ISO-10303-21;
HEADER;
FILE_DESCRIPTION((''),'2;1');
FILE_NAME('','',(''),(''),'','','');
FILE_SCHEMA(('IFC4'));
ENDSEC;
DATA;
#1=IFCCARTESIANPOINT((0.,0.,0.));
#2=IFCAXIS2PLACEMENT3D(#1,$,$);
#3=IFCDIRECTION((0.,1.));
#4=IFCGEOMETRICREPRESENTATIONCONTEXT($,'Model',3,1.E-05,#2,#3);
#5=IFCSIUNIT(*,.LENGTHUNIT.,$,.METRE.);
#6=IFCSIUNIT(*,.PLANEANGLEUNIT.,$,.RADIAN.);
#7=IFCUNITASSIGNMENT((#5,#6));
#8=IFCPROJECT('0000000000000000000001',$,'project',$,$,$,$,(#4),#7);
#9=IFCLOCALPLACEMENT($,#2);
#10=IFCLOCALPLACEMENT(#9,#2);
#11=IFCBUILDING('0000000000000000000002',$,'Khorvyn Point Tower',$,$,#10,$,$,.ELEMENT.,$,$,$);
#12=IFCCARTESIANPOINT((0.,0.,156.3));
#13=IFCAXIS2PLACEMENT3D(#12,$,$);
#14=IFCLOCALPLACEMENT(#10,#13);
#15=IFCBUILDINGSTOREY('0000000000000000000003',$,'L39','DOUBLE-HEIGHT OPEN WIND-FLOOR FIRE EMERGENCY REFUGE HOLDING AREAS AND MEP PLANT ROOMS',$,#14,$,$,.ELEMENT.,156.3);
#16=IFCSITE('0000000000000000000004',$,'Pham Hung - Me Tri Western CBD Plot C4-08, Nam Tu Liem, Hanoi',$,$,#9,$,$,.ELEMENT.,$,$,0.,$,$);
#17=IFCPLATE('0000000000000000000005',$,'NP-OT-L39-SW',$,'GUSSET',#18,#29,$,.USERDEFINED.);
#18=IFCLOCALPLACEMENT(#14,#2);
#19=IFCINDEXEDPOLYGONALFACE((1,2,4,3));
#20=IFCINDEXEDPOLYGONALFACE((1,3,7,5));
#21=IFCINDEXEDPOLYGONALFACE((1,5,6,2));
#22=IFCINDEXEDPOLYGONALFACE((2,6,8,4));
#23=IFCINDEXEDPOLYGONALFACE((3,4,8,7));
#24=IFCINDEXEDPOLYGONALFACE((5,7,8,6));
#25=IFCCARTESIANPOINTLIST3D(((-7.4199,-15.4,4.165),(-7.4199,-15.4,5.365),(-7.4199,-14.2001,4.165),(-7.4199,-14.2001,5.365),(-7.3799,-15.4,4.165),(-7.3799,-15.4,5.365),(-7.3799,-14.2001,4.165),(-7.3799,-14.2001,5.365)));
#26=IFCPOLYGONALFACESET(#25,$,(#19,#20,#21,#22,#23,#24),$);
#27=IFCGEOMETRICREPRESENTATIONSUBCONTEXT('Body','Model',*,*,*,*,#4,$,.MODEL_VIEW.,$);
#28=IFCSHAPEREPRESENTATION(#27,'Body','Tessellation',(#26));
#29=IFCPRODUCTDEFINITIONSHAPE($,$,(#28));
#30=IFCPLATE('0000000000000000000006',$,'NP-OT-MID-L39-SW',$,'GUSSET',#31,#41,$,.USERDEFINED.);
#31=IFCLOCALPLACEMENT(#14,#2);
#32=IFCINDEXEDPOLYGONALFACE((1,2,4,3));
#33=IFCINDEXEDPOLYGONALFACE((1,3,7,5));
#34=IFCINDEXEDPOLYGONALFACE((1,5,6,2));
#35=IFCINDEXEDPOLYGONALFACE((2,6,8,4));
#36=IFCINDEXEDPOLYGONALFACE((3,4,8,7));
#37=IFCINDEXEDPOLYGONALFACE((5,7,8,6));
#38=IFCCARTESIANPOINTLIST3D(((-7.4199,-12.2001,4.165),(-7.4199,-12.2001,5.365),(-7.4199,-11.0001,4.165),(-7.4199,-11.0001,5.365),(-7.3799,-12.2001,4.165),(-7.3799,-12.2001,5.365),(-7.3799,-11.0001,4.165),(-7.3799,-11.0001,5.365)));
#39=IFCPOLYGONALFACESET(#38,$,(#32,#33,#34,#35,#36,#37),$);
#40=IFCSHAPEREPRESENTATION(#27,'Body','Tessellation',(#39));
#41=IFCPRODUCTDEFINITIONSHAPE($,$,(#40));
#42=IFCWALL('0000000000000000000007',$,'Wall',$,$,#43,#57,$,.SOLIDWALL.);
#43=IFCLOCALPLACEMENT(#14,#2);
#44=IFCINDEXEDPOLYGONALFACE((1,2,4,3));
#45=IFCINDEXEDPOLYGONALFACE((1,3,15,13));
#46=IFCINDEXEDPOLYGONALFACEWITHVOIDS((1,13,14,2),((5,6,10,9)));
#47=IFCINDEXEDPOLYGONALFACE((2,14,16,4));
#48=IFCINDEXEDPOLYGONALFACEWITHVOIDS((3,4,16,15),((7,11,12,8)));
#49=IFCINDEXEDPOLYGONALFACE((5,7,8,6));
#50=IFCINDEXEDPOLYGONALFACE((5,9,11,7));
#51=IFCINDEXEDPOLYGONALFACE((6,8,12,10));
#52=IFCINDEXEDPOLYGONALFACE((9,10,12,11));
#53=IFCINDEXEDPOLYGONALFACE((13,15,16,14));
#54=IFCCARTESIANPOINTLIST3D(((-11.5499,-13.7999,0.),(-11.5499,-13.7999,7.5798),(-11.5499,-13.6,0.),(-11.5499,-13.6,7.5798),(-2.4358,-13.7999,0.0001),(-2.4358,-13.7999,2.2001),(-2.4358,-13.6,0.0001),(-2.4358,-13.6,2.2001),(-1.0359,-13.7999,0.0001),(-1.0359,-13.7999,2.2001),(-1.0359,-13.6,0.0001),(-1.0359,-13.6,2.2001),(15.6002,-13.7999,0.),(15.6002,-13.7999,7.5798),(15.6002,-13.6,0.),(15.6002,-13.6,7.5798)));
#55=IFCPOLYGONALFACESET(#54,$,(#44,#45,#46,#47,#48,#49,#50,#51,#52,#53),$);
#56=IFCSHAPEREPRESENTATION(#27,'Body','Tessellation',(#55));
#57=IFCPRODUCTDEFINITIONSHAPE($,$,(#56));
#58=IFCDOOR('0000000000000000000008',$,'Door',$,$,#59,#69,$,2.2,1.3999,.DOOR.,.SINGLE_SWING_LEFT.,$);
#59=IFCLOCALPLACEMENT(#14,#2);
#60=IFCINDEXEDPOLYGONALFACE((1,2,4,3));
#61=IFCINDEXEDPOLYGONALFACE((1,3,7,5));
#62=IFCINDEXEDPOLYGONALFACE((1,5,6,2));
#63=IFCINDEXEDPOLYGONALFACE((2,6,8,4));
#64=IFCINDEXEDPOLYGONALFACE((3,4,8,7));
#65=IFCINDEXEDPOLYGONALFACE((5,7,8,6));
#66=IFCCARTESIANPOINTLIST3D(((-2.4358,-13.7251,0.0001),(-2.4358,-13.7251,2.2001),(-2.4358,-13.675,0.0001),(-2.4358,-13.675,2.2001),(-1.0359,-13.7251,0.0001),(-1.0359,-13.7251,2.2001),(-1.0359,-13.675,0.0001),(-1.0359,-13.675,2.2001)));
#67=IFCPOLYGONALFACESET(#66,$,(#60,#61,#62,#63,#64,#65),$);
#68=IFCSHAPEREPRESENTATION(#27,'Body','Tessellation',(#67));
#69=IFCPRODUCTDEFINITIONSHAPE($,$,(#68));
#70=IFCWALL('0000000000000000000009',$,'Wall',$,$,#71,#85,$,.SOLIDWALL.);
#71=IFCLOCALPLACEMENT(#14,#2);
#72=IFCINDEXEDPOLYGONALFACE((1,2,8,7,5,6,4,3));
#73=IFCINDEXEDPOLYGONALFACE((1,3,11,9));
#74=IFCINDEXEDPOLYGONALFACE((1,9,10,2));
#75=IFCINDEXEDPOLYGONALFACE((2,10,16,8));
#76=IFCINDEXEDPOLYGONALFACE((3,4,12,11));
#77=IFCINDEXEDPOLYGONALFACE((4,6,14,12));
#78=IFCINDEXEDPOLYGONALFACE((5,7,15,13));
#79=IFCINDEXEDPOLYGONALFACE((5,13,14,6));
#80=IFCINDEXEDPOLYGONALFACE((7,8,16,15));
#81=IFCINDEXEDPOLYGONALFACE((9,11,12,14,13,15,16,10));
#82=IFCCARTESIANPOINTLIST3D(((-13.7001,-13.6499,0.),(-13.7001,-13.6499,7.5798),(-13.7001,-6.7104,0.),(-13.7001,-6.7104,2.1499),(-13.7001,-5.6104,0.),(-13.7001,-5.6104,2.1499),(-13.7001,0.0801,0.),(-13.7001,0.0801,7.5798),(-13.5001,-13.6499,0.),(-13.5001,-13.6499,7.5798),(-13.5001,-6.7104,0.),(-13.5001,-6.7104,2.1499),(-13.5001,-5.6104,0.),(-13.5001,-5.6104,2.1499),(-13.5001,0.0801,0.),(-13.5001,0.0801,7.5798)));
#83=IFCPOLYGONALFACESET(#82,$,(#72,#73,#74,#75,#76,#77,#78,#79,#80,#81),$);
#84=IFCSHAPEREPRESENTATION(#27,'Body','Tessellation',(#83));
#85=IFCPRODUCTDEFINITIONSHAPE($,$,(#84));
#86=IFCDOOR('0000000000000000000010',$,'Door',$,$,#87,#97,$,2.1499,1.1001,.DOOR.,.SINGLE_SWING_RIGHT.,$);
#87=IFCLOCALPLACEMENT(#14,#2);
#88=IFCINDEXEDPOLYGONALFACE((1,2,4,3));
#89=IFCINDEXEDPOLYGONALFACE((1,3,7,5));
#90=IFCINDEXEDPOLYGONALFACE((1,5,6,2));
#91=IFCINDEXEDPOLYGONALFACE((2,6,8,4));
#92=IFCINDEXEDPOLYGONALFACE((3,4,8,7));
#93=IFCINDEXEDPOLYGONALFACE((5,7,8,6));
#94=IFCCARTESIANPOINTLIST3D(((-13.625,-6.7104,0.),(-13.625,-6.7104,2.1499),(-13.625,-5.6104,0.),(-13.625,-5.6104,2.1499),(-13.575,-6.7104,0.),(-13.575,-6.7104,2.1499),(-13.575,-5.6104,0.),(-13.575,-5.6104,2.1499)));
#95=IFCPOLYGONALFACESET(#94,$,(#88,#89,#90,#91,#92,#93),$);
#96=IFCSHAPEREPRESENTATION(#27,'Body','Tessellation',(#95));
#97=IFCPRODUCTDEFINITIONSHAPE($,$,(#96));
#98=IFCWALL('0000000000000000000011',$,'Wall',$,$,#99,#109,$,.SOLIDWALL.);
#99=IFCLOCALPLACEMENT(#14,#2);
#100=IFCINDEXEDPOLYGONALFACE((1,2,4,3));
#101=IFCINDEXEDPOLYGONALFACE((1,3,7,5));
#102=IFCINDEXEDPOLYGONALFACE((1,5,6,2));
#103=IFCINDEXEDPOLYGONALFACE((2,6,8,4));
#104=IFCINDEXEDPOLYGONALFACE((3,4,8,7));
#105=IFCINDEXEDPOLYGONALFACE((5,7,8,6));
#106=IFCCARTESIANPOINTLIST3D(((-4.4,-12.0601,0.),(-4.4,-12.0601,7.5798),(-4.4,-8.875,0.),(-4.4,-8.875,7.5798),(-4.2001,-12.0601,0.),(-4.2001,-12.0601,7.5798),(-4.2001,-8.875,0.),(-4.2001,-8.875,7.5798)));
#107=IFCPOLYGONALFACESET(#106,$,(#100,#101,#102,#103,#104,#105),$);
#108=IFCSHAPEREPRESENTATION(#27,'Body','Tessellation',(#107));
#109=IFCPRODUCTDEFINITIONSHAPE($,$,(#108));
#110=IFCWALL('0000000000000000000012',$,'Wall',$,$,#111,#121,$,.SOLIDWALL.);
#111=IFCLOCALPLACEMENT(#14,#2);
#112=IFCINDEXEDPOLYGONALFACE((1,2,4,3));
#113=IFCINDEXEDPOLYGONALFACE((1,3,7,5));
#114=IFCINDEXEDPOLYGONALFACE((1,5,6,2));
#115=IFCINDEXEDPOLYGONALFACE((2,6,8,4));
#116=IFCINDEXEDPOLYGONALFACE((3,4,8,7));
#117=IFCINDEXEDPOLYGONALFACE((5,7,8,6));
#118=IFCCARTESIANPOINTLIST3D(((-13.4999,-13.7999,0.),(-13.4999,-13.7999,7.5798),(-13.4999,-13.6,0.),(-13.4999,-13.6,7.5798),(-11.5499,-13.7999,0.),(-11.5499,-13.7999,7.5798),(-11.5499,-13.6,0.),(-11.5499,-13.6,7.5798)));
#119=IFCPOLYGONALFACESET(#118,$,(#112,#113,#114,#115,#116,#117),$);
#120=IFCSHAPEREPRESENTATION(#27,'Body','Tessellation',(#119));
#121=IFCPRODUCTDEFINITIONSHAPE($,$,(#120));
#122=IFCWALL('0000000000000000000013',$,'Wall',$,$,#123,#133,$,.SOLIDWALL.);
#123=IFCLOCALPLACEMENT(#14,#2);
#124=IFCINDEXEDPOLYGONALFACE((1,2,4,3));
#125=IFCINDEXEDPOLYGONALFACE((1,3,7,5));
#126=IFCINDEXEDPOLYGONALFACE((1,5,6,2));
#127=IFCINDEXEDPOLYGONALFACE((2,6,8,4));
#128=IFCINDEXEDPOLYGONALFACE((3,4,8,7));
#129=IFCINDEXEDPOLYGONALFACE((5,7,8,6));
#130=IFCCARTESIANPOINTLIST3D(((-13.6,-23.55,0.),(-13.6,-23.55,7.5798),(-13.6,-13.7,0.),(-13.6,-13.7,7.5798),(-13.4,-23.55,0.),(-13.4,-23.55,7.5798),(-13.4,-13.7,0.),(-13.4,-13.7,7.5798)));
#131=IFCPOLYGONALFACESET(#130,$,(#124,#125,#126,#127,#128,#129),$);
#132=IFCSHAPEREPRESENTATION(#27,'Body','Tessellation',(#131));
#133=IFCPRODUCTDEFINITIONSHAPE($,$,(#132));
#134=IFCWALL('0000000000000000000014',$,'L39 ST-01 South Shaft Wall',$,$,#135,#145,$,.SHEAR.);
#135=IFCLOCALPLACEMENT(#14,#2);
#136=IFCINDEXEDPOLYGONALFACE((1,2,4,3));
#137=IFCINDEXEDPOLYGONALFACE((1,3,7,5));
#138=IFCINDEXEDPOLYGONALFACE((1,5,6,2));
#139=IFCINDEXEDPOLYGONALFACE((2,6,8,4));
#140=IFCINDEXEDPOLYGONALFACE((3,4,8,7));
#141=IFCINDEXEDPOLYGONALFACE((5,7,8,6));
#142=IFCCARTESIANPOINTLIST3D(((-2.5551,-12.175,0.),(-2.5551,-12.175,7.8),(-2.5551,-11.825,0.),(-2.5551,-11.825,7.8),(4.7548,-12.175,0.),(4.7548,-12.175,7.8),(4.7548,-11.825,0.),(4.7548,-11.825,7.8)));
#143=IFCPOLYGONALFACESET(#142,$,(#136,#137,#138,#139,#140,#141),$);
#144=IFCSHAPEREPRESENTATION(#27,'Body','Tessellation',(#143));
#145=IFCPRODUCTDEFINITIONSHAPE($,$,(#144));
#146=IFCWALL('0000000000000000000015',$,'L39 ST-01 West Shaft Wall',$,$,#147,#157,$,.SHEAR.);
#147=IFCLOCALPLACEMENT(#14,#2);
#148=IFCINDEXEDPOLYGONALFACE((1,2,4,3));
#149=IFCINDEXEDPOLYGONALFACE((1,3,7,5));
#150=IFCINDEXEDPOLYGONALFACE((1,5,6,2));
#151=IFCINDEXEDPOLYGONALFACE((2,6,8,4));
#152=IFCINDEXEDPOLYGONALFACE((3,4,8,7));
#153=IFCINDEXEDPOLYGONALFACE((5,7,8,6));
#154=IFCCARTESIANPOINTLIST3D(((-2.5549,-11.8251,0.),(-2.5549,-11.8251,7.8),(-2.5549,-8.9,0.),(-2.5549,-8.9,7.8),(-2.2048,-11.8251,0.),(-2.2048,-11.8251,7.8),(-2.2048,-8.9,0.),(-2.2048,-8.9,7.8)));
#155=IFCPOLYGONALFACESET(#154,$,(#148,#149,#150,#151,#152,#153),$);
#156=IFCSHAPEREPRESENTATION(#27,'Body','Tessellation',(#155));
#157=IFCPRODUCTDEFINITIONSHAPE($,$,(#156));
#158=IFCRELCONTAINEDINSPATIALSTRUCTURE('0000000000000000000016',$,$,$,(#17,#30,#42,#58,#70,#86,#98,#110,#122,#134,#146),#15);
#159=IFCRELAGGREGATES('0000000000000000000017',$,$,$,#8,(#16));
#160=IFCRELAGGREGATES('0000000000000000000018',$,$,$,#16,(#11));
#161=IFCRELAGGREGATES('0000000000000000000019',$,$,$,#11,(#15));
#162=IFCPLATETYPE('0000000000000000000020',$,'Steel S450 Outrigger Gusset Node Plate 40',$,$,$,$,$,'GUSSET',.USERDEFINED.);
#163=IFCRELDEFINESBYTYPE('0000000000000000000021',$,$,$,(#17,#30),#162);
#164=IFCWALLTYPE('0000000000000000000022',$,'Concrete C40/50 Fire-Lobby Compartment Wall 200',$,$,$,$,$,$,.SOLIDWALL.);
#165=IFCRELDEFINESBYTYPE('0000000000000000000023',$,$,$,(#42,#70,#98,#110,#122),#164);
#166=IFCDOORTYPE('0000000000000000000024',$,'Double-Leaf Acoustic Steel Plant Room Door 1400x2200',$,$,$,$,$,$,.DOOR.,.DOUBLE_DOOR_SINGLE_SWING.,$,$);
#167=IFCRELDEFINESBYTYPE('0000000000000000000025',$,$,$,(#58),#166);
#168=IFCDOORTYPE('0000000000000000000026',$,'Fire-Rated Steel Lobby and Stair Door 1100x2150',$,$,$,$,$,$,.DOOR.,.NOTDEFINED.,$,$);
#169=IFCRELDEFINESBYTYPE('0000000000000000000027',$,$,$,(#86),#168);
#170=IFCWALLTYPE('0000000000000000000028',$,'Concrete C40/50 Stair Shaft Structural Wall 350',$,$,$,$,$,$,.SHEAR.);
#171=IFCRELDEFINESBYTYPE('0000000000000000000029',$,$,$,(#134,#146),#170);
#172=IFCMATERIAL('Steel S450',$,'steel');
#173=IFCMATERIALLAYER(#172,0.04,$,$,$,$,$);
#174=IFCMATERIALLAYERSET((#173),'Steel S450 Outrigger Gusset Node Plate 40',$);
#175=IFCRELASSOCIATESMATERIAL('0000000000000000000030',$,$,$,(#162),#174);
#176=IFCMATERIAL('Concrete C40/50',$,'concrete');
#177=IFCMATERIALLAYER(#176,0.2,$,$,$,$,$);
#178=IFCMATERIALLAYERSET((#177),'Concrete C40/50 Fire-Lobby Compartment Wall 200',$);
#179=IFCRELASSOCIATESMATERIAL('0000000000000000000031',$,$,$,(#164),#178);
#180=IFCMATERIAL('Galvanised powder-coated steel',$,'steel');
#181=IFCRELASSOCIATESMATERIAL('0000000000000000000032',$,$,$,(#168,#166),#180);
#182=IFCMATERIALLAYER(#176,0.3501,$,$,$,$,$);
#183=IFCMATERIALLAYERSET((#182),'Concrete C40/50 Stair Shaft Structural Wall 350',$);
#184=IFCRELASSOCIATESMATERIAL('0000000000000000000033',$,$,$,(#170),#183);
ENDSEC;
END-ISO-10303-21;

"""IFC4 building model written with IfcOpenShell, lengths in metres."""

from ifc_helpers import new_model, si_unit, direction, frame, frame_2d, origin, origin_2d, place, context, subcontext, project, spatial, rectangle, extrude, material, layer, layer_set, type_object, element, fill, save


model = new_model("IFC4")

# Units and contexts
model_context = context("Model", 3, precision=1e-05, world=origin(), true_north=direction((0.0, 1.0)))
body_context = subcontext(model_context, "Body", "Model", "MODEL_VIEW")
ifc_project = project(units=[si_unit("LENGTHUNIT", "METRE"), si_unit("PLANEANGLEUNIT", "RADIAN")], contexts=[model_context])

# Site, building, storey
site_placement = place(None, origin())
site = spatial("IfcSite", under=ifc_project, at=site_placement, Name="Pham Hung - Me Tri Western CBD Plot C4-08, Nam Tu Liem, Hanoi", CompositionType="ELEMENT", RefElevation=0.0)
building_placement = place(site_placement, origin())
building = spatial("IfcBuilding", under=site, at=building_placement, Name="Khorvyn Point Tower", CompositionType="ELEMENT")
storey_placement = place(building_placement, frame((0.0, 0.0, 156.3)))
storey = spatial("IfcBuildingStorey", under=building, at=storey_placement, Name="L39", Description="DOUBLE-HEIGHT OPEN WIND-FLOOR FIRE EMERGENCY REFUGE HOLDING AREAS AND MEP PLANT ROOMS", CompositionType="ELEMENT", Elevation=156.3)

# Shared definitions
ifc_material_1 = material(Name="Steel S450", Category="steel")

# Plates
ifc_layer_1 = layer(ifc_material_1, 0.04)
ifc_layer_set_1 = layer_set([ifc_layer_1], Name="Steel S450 Outrigger Gusset Node Plate 40")
plate_type_1 = type_object("IfcPlateType", Name="Steel S450 Outrigger Gusset Node Plate 40", ElementType="GUSSET", PredefinedType="USERDEFINED", material=ifc_layer_set_1)
for number, where, z_axis, x_axis, name in (
    (1, (-7.3999, -14.8, 4.165), (0.0, 0.0, 1.0), (1.0, 0.0, 0.0), "NP-OT-L39-SW"),
    (2, (-7.3999, -11.6001, 4.165), (0.0, 0.0, 1.0), (1.0, 0.0, 0.0), "NP-OT-MID-L39-SW"),
):
    element("IfcPlate", number, at=place(storey_placement, frame(where, z_axis=z_axis, x_axis=x_axis)), inside=storey, type_object=plate_type_1, Name=name, ObjectType="GUSSET", PredefinedType="USERDEFINED", context=body_context, shape_type="SweptSolid", body=[
        extrude(rectangle(XDim=0.04, YDim=1.2, at=origin_2d()), origin(), (0.0, 0.0, 1.0), 1.2),
    ])

# Walls, openings, doors
ifc_material_2 = material(Name="Concrete C40/50", Category="concrete")
ifc_layer_2 = layer(ifc_material_2, 0.2)
ifc_layer_set_2 = layer_set([ifc_layer_2], Name="Concrete C40/50 Fire-Lobby Compartment Wall 200")
wall_type_1 = type_object("IfcWallType", Name="Concrete C40/50 Fire-Lobby Compartment Wall 200", PredefinedType="SOLIDWALL", material=ifc_layer_set_2)
ifc_material_3 = material(Name="Galvanised powder-coated steel", Category="steel")
door_type_1 = type_object("IfcDoorType", Name="Fire-Rated Steel Lobby and Stair Door 1100x2150", OperationType="NOTDEFINED", PredefinedType="DOOR", material=ifc_material_3)
wall_1_placement = place(storey_placement, frame((-11.55, -13.7, 0.0), z_axis=(0.0, 0.0, 1.0), x_axis=(1.0, 0.0, 0.0)))
wall_1 = element("IfcWall", 3, at=wall_1_placement, inside=storey, type_object=wall_type_1, Name="Wall", PredefinedType="SOLIDWALL", context=body_context, shape_type="SweptSolid", body=[
    extrude(rectangle(XDim=27.1501, YDim=0.2, at=frame_2d((13.5752, 0.0))), origin(), (0.0, 0.0, 1.0), 7.5798),
])
opening_1_placement = place(wall_1_placement, frame((9.1143, 0.0, 0.0)))
opening_1 = element("IfcOpeningElement", 4, at=opening_1_placement, cuts=wall_1, PredefinedType="OPENING", context=body_context, shape_type="SweptSolid", body=[
    extrude(rectangle(XDim=1.3999, YDim=2.2, at=frame_2d((0.7, 1.1001))), frame((0.0, 0.1099, 0.0), z_axis=(0.0, -1.0, 0.0), x_axis=(1.0, 0.0, 0.0)), (0.0, 0.0, 1.0), 0.22),
])
door_type_2 = type_object("IfcDoorType", Name="Double-Leaf Acoustic Steel Plant Room Door 1400x2200", OperationType="DOUBLE_DOOR_SINGLE_SWING", PredefinedType="DOOR", material=ifc_material_3)
door_1_placement = place(opening_1_placement, origin())
door_1 = element("IfcDoor", 5, at=door_1_placement, inside=storey, type_object=door_type_2, Name="Door", OperationType="SINGLE_SWING_LEFT", OverallHeight=2.2, OverallWidth=1.3999, PredefinedType="DOOR", context=body_context, shape_type="SweptSolid", body=[
    extrude(rectangle(XDim=1.3999, YDim=2.2, at=frame_2d((0.7, 1.1001))), frame((0.0, 0.0249, 0.0), z_axis=(0.0, -1.0, 0.0), x_axis=(1.0, 0.0, 0.0)), (0.0, 0.0, 1.0), 0.05),
])
fill(opening_1, door_1)
wall_2_placement = place(storey_placement, frame((-13.6001, -13.6499, 0.0), z_axis=(0.0, 0.0, 1.0), x_axis=(0.0, 1.0, 0.0)))
wall_2 = element("IfcWall", 6, at=wall_2_placement, inside=storey, type_object=wall_type_1, Name="Wall", PredefinedType="SOLIDWALL", context=body_context, shape_type="SweptSolid", body=[
    extrude(rectangle(XDim=13.73, YDim=0.2, at=frame_2d((6.865, 0.0))), origin(), (0.0, 0.0, 1.0), 7.5798),
])
opening_2_placement = place(wall_2_placement, frame((6.9395, 0.0, 0.0)))
opening_2 = element("IfcOpeningElement", 7, at=opening_2_placement, cuts=wall_2, PredefinedType="OPENING", context=body_context, shape_type="SweptSolid", body=[
    extrude(rectangle(XDim=1.1001, YDim=2.1499, at=frame_2d((0.55, 1.075))), frame((0.0, 0.1099, 0.0), z_axis=(0.0, -1.0, 0.0), x_axis=(1.0, 0.0, 0.0)), (0.0, 0.0, 1.0), 0.22),
])
door_2_placement = place(opening_2_placement, origin())
door_2 = element("IfcDoor", 8, at=door_2_placement, inside=storey, type_object=door_type_1, Name="Door", OperationType="SINGLE_SWING_RIGHT", OverallHeight=2.1499, OverallWidth=1.1001, PredefinedType="DOOR", context=body_context, shape_type="SweptSolid", body=[
    extrude(rectangle(XDim=1.1001, YDim=2.1499, at=frame_2d((0.55, 1.075))), frame((0.0, 0.0249, 0.0), z_axis=(0.0, -1.0, 0.0), x_axis=(1.0, 0.0, 0.0)), (0.0, 0.0, 1.0), 0.05),
])
fill(opening_2, door_2)

# Walls
wall_3_placement = place(storey_placement, frame((-4.3, -12.0601, 0.0), z_axis=(0.0, 0.0, 1.0), x_axis=(0.0, 1.0, 0.0)))
element("IfcWall", 9, at=wall_3_placement, inside=storey, type_object=wall_type_1, Name="Wall", PredefinedType="SOLIDWALL", context=body_context, shape_type="SweptSolid", body=[
    extrude(rectangle(XDim=3.1851, YDim=0.2, at=frame_2d((1.5925, 0.0))), origin(), (0.0, 0.0, 1.0), 7.5798),
])
wall_4_placement = place(storey_placement, frame((-13.5, -13.7, 0.0), z_axis=(0.0, 0.0, 1.0), x_axis=(1.0, 0.0, 0.0)))
element("IfcWall", 10, at=wall_4_placement, inside=storey, type_object=wall_type_1, Name="Wall", PredefinedType="SOLIDWALL", context=body_context, shape_type="SweptSolid", body=[
    extrude(rectangle(XDim=1.95, YDim=0.2, at=frame_2d((0.9751, 0.0))), origin(), (0.0, 0.0, 1.0), 7.5798),
])
wall_5_placement = place(storey_placement, frame((-13.5, -23.55, 0.0), z_axis=(0.0, 0.0, 1.0), x_axis=(0.0, 1.0, 0.0)))
element("IfcWall", 11, at=wall_5_placement, inside=storey, type_object=wall_type_1, Name="Wall", PredefinedType="SOLIDWALL", context=body_context, shape_type="SweptSolid", body=[
    extrude(rectangle(XDim=9.8501, YDim=0.2, at=frame_2d((4.925, 0.0))), origin(), (0.0, 0.0, 1.0), 7.5798),
])
ifc_layer_3 = layer(ifc_material_2, 0.3501)
ifc_layer_set_3 = layer_set([ifc_layer_3], Name="Concrete C40/50 Stair Shaft Structural Wall 350")
wall_type_2 = type_object("IfcWallType", Name="Concrete C40/50 Stair Shaft Structural Wall 350", PredefinedType="SHEAR", material=ifc_layer_set_3)
wall_6_placement = place(storey_placement, frame((-2.5549, -12.0, 0.0), z_axis=(0.0, 0.0, 1.0), x_axis=(1.0, 0.0, 0.0)))
element("IfcWall", 12, at=wall_6_placement, inside=storey, type_object=wall_type_2, Name="L39 ST-01 South Shaft Wall", PredefinedType="SHEAR", context=body_context, shape_type="SweptSolid", body=[
    extrude(rectangle(XDim=7.3098, YDim=0.3501, at=frame_2d((3.6548, 0.0))), origin(), (0.0, 0.0, 1.0), 7.8),
])
wall_7_placement = place(storey_placement, frame((-2.3799, -11.825, 0.0), z_axis=(0.0, 0.0, 1.0), x_axis=(0.0, 1.0, 0.0)))
element("IfcWall", 13, at=wall_7_placement, inside=storey, type_object=wall_type_2, Name="L39 ST-01 West Shaft Wall", PredefinedType="SHEAR", context=body_context, shape_type="SweptSolid", body=[
    extrude(rectangle(XDim=2.925, YDim=0.3501, at=frame_2d((1.4624, 0.0))), origin(), (0.0, 0.0, 1.0), 7.8),
])

save(model, "model.ifc")
